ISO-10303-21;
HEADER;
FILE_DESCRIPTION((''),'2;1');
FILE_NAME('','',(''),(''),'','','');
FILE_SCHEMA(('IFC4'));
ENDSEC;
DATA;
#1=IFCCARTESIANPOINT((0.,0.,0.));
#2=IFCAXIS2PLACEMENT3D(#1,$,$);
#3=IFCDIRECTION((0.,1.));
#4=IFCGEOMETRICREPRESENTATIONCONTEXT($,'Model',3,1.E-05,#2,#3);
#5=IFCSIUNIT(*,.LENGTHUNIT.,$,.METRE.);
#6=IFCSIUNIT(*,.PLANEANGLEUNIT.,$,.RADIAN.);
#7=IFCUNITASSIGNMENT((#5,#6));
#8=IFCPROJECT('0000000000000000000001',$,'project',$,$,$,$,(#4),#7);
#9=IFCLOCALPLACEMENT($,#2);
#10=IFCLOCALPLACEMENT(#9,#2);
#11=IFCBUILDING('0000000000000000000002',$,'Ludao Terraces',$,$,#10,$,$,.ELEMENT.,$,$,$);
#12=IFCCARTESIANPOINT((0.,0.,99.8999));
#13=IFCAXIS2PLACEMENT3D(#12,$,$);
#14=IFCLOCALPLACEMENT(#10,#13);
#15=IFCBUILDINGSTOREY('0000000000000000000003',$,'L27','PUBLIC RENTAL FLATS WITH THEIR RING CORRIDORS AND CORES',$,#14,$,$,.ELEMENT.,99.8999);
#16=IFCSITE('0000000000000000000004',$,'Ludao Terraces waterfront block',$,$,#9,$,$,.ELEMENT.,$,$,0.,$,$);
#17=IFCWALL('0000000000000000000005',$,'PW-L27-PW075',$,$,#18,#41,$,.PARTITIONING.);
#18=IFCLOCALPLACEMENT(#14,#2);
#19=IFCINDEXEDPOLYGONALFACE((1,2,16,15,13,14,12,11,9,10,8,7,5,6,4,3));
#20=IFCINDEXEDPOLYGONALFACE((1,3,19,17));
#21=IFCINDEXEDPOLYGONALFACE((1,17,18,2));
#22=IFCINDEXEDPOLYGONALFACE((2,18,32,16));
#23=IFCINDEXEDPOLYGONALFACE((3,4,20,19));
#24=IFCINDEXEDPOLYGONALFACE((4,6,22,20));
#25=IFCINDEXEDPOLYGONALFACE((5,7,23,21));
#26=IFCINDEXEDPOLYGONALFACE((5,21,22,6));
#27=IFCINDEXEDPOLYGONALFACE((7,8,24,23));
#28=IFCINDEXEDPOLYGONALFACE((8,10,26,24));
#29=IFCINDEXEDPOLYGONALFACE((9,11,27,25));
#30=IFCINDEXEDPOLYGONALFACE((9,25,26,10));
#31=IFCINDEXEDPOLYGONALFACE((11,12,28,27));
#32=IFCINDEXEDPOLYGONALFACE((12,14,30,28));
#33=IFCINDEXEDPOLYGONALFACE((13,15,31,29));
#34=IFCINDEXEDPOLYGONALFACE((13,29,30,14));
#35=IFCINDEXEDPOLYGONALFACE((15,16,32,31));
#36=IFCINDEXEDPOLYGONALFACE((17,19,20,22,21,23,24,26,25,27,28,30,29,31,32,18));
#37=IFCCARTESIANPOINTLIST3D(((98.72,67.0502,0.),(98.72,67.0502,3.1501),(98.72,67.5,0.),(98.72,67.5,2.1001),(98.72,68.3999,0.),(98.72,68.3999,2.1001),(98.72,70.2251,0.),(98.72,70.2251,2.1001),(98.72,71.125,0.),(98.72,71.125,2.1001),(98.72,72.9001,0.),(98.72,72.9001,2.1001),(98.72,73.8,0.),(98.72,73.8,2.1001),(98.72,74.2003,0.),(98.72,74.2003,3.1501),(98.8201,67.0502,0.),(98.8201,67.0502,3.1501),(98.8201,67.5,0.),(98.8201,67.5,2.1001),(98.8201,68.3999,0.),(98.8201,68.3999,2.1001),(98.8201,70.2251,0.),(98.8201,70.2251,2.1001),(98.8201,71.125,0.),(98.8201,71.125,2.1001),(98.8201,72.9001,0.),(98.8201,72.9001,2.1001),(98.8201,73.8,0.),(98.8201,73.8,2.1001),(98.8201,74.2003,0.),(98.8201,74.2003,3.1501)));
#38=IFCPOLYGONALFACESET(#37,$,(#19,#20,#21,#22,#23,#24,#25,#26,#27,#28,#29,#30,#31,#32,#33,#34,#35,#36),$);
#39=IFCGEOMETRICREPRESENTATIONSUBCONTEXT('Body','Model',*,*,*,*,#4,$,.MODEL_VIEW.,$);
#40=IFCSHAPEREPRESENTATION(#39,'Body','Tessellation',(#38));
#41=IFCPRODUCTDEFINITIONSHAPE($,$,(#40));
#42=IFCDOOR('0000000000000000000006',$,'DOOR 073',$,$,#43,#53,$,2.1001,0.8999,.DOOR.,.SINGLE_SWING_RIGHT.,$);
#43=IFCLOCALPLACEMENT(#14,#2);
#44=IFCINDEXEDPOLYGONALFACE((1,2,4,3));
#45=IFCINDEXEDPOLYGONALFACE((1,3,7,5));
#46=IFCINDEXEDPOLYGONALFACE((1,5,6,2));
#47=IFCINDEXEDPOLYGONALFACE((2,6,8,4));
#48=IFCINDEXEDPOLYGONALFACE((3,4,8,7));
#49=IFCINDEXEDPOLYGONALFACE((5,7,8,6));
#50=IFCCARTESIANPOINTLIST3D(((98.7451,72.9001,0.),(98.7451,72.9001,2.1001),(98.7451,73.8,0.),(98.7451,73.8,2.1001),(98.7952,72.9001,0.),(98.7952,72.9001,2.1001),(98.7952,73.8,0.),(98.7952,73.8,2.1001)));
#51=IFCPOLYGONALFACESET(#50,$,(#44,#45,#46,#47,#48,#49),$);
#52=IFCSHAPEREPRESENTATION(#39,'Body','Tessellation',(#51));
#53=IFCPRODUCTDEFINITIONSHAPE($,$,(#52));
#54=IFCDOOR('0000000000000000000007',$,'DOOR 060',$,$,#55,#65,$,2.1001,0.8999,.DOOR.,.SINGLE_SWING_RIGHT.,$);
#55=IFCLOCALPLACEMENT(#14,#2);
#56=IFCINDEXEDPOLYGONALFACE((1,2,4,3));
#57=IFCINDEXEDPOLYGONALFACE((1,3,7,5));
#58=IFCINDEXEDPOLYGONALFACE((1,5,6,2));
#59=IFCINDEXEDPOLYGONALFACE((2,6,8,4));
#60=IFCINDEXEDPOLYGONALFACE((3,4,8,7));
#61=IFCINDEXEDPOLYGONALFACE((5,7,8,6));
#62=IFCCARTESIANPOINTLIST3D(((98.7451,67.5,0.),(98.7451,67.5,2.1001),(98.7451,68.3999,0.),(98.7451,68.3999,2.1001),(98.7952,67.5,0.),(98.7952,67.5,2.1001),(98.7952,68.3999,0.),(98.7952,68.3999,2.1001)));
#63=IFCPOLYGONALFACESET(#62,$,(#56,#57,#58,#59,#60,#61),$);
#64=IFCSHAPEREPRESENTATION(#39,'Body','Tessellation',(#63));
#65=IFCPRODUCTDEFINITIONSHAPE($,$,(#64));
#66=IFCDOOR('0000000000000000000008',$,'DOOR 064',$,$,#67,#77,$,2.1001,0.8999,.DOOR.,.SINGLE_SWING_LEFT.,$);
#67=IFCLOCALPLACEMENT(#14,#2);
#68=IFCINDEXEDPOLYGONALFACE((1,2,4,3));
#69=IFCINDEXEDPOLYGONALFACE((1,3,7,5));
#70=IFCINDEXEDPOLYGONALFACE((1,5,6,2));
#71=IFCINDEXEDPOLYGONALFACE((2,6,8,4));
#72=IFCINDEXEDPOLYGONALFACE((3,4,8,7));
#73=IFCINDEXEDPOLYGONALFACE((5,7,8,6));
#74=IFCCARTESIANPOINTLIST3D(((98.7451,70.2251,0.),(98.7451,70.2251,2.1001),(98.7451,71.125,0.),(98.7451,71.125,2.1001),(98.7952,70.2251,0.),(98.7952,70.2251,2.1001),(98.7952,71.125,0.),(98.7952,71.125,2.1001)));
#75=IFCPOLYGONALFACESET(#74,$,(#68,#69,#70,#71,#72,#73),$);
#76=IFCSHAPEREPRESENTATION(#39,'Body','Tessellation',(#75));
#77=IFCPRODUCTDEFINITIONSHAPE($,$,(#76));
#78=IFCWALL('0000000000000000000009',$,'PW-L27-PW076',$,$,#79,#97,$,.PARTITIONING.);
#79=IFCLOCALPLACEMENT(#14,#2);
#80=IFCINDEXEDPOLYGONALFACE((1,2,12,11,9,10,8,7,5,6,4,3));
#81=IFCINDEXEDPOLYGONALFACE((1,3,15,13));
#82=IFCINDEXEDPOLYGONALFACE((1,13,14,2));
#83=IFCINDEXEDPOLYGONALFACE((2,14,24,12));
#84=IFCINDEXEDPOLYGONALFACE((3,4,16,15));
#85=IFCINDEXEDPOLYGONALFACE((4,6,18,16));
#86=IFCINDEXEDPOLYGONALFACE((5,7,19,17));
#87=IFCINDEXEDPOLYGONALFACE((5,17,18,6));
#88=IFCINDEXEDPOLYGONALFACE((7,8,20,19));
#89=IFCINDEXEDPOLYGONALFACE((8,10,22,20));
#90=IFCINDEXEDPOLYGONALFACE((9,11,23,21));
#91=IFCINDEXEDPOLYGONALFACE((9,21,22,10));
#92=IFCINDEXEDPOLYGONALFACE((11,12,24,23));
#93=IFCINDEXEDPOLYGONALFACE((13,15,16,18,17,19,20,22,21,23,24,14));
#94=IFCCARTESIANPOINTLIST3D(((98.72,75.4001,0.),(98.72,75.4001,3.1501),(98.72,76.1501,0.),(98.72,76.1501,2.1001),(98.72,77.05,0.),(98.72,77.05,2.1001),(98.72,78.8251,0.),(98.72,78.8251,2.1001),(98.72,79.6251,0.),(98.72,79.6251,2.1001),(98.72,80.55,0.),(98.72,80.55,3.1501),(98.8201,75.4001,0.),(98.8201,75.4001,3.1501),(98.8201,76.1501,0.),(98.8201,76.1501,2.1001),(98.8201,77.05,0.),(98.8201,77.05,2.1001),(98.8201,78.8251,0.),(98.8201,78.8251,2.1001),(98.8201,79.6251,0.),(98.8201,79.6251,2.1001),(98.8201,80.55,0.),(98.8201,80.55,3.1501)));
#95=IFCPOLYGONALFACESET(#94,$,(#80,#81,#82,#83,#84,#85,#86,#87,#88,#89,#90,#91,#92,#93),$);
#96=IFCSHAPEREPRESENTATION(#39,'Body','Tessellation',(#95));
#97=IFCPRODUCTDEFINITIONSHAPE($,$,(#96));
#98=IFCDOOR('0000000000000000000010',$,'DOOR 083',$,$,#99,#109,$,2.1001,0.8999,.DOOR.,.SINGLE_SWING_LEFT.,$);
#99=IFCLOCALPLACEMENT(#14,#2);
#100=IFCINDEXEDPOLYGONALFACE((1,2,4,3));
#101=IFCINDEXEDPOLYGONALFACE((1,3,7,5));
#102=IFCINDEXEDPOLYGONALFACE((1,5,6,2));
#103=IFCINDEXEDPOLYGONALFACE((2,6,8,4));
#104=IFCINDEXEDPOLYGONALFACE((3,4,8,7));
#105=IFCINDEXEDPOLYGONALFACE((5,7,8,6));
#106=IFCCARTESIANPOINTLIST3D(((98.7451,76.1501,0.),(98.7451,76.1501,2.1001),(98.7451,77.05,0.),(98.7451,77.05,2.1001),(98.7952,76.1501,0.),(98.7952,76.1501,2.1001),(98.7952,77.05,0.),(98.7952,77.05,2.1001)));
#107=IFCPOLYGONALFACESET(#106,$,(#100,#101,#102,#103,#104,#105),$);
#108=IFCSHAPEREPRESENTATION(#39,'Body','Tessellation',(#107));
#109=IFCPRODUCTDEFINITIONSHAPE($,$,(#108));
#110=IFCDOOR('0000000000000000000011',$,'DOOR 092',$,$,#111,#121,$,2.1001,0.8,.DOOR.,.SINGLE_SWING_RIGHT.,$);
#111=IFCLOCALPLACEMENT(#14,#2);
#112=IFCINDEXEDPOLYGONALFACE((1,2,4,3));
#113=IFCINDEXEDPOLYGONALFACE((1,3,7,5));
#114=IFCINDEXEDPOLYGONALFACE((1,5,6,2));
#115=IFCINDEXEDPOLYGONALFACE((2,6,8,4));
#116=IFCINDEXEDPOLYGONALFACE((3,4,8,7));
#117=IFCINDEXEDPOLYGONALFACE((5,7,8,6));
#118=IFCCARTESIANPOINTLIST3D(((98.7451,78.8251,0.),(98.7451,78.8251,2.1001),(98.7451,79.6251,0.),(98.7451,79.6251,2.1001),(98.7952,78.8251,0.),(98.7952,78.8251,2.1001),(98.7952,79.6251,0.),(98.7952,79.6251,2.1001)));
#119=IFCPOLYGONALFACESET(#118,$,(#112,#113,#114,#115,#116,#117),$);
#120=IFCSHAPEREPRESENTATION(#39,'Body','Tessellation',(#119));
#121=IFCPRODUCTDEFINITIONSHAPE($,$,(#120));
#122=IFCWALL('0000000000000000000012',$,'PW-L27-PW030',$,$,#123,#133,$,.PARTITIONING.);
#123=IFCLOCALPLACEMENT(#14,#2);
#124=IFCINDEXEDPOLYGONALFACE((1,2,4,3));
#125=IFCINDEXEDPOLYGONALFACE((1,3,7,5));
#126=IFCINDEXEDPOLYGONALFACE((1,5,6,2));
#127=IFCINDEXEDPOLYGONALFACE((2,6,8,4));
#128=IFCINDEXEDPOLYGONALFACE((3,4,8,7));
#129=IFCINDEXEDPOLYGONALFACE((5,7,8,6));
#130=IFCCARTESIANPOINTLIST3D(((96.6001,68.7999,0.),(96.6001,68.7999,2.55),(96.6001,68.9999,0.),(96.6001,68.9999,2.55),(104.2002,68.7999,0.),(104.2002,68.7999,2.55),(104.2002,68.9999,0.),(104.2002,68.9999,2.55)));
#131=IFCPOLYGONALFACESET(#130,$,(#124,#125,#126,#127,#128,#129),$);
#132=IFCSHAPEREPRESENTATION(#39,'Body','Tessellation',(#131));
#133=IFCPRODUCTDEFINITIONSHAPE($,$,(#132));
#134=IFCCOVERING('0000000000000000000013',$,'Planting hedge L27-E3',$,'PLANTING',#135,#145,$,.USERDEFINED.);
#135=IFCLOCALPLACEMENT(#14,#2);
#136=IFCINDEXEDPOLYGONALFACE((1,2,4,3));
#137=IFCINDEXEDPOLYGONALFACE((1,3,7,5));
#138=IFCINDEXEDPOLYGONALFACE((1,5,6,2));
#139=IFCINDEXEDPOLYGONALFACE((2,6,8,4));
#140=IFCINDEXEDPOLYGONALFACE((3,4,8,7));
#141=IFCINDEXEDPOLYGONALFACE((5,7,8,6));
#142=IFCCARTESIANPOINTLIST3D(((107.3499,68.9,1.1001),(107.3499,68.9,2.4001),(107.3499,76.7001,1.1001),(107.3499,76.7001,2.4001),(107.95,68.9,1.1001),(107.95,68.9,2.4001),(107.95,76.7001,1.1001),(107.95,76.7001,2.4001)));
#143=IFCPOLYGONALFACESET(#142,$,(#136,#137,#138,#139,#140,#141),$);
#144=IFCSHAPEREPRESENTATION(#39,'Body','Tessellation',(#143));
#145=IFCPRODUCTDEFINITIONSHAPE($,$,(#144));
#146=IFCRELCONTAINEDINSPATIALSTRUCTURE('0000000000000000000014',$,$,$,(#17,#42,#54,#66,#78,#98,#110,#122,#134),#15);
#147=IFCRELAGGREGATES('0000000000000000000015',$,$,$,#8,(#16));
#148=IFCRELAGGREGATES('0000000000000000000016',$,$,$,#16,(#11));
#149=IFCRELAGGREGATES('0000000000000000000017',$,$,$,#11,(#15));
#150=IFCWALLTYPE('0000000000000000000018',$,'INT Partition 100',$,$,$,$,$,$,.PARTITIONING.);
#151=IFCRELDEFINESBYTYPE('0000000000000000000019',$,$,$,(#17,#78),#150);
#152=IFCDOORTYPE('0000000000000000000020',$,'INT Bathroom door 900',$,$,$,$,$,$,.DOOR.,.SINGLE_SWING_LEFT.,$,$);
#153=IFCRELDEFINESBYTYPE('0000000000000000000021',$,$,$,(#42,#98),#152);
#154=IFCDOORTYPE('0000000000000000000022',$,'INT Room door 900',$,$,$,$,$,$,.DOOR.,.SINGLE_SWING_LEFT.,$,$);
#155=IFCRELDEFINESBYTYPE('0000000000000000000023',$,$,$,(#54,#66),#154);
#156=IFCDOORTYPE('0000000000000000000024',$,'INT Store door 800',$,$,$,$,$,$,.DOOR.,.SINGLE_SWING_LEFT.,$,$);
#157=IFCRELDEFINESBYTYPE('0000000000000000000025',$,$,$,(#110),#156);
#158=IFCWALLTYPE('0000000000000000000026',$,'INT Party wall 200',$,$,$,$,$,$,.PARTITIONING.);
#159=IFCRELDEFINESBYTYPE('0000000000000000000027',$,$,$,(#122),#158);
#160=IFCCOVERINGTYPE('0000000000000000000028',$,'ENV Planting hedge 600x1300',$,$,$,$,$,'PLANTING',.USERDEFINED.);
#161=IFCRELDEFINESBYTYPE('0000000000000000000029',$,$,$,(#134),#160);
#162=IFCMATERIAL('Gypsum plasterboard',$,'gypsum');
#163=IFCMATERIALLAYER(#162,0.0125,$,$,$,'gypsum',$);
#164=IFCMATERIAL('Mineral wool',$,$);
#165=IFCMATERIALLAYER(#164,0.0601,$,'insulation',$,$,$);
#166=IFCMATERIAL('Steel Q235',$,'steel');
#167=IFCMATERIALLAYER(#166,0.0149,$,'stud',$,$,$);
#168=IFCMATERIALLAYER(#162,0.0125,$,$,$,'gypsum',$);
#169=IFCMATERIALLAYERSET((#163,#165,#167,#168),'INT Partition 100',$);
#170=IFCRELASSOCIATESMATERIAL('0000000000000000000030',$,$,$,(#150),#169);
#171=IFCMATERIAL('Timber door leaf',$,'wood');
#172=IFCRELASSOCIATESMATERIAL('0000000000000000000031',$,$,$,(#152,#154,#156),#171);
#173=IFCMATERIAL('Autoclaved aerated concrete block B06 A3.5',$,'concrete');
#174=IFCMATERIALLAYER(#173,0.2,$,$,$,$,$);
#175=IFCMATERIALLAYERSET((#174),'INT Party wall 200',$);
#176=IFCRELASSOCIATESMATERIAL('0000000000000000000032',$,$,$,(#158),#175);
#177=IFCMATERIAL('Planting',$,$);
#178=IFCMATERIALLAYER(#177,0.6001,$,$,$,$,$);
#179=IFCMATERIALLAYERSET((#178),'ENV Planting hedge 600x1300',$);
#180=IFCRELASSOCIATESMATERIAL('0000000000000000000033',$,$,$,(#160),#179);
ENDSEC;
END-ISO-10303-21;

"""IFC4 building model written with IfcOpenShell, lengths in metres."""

from ifc_helpers import new_model, si_unit, direction, frame, frame_2d, origin, origin_2d, place, context, subcontext, project, spatial, rectangle, extrude, material, layer, layer_set, type_object, element, fill, save


model = new_model("IFC4")

# Units and contexts
model_context = context("Model", 3, precision=1e-05, world=origin(), true_north=direction((0.0, 1.0)))
body_context = subcontext(model_context, "Body", "Model", "MODEL_VIEW")
ifc_project = project(units=[si_unit("LENGTHUNIT", "METRE"), si_unit("PLANEANGLEUNIT", "RADIAN")], contexts=[model_context])

# Site, building, storey
site_placement = place(None, origin())
site = spatial("IfcSite", under=ifc_project, at=site_placement, Name="Ludao Terraces waterfront block", CompositionType="ELEMENT", RefElevation=0.0)
building_placement = place(site_placement, origin())
building = spatial("IfcBuilding", under=site, at=building_placement, Name="Ludao Terraces", CompositionType="ELEMENT")
storey_placement = place(building_placement, frame((0.0, 0.0, 99.8999)))
storey = spatial("IfcBuildingStorey", under=building, at=storey_placement, Name="L27", Description="PUBLIC RENTAL FLATS WITH THEIR RING CORRIDORS AND CORES", CompositionType="ELEMENT", Elevation=99.8999)

# Shared definitions
ifc_material_1 = material(Name="Mineral wool")

# Shared definitions
ifc_material_2 = material(Name="Gypsum plasterboard", Category="gypsum")
ifc_layer_1 = layer(ifc_material_2, 0.0125, Category="gypsum")
ifc_layer_2 = layer(ifc_material_1, 0.0601, Name="insulation")
ifc_material_3 = material(Name="Steel Q235", Category="steel")
ifc_layer_3 = layer(ifc_material_3, 0.0149, Name="stud")
ifc_layer_4 = layer(ifc_material_2, 0.0125, Category="gypsum")
ifc_layer_set_1 = layer_set([ifc_layer_1, ifc_layer_2, ifc_layer_3, ifc_layer_4], Name="INT Partition 100")
wall_type_1 = type_object("IfcWallType", Name="INT Partition 100", PredefinedType="PARTITIONING", material=ifc_layer_set_1)

# Walls, openings, doors
wall_1_placement = place(storey_placement, frame((98.77, 67.05, 0.0), z_axis=(0.0, 0.0, 1.0), x_axis=(0.0, 1.0, 0.0)))
wall_1 = element("IfcWall", 1, at=wall_1_placement, inside=storey, type_object=wall_type_1, Name="PW-L27-PW075", PredefinedType="PARTITIONING", context=body_context, shape_type="SweptSolid", body=[
    extrude(rectangle(XDim=7.1501, YDim=0.1001, at=frame_2d((3.5752, 0.0))), origin(), (0.0, 0.0, 1.0), 3.1501),
])
opening_1_placement = place(wall_1_placement, frame((0.45, 0.0, 0.0)))
opening_1 = element("IfcOpeningElement", 2, at=opening_1_placement, cuts=wall_1, PredefinedType="OPENING", context=body_context, shape_type="SweptSolid", body=[
    extrude(rectangle(XDim=0.8999, YDim=2.1001, at=frame_2d((0.45, 1.05))), frame((0.0, 0.0601, 0.0), z_axis=(0.0, -1.0, 0.0), x_axis=(1.0, 0.0, 0.0)), (0.0, 0.0, 1.0), 0.1201),
])
opening_2_placement = place(wall_1_placement, frame((3.175, 0.0, 0.0)))
opening_2 = element("IfcOpeningElement", 3, at=opening_2_placement, cuts=wall_1, PredefinedType="OPENING", context=body_context, shape_type="SweptSolid", body=[
    extrude(rectangle(XDim=0.8999, YDim=2.1001, at=frame_2d((0.45, 1.05))), frame((0.0, 0.0601, 0.0), z_axis=(0.0, -1.0, 0.0), x_axis=(1.0, 0.0, 0.0)), (0.0, 0.0, 1.0), 0.1201),
])
opening_3_placement = place(wall_1_placement, frame((5.8501, 0.0, 0.0)))
opening_3 = element("IfcOpeningElement", 4, at=opening_3_placement, cuts=wall_1, PredefinedType="OPENING", context=body_context, shape_type="SweptSolid", body=[
    extrude(rectangle(XDim=0.8999, YDim=2.1001, at=frame_2d((0.45, 1.05))), frame((0.0, 0.0601, 0.0), z_axis=(0.0, -1.0, 0.0), x_axis=(1.0, 0.0, 0.0)), (0.0, 0.0, 1.0), 0.1201),
])
ifc_material_4 = material(Name="Timber door leaf", Category="wood")
door_type_1 = type_object("IfcDoorType", Name="INT Bathroom door 900", OperationType="SINGLE_SWING_LEFT", PredefinedType="DOOR", material=ifc_material_4)
door_1_placement = place(opening_3_placement, origin())
door_1 = element("IfcDoor", 5, at=door_1_placement, inside=storey, type_object=door_type_1, Name="DOOR 073", OperationType="SINGLE_SWING_RIGHT", OverallHeight=2.1001, OverallWidth=0.8999, PredefinedType="DOOR", context=body_context, shape_type="SweptSolid", body=[
    extrude(rectangle(XDim=0.8999, YDim=2.1001, at=frame_2d((0.45, 1.05))), frame((0.0, 0.0249, 0.0), z_axis=(0.0, -1.0, 0.0), x_axis=(1.0, 0.0, 0.0)), (0.0, 0.0, 1.0), 0.05),
])
fill(opening_3, door_1)
door_type_2 = type_object("IfcDoorType", Name="INT Room door 900", OperationType="SINGLE_SWING_LEFT", PredefinedType="DOOR", material=ifc_material_4)
door_2_placement = place(opening_1_placement, origin())
door_2 = element("IfcDoor", 6, at=door_2_placement, inside=storey, type_object=door_type_2, Name="DOOR 060", OperationType="SINGLE_SWING_RIGHT", OverallHeight=2.1001, OverallWidth=0.8999, PredefinedType="DOOR", context=body_context, shape_type="SweptSolid", body=[
    extrude(rectangle(XDim=0.8999, YDim=2.1001, at=frame_2d((0.45, 1.05))), frame((0.0, 0.0249, 0.0), z_axis=(0.0, -1.0, 0.0), x_axis=(1.0, 0.0, 0.0)), (0.0, 0.0, 1.0), 0.05),
])
fill(opening_1, door_2)
door_3_placement = place(opening_2_placement, origin())
door_3 = element("IfcDoor", 7, at=door_3_placement, inside=storey, type_object=door_type_2, Name="DOOR 064", OperationType="SINGLE_SWING_LEFT", OverallHeight=2.1001, OverallWidth=0.8999, PredefinedType="DOOR", context=body_context, shape_type="SweptSolid", body=[
    extrude(rectangle(XDim=0.8999, YDim=2.1001, at=frame_2d((0.45, 1.05))), frame((0.0, 0.0249, 0.0), z_axis=(0.0, -1.0, 0.0), x_axis=(1.0, 0.0, 0.0)), (0.0, 0.0, 1.0), 0.05),
])
fill(opening_2, door_3)
wall_2_placement = place(storey_placement, frame((98.77, 75.4001, 0.0), z_axis=(0.0, 0.0, 1.0), x_axis=(0.0, 1.0, 0.0)))
wall_2 = element("IfcWall", 8, at=wall_2_placement, inside=storey, type_object=wall_type_1, Name="PW-L27-PW076", PredefinedType="PARTITIONING", context=body_context, shape_type="SweptSolid", body=[
    extrude(rectangle(XDim=5.1499, YDim=0.1001, at=frame_2d((2.575, 0.0))), origin(), (0.0, 0.0, 1.0), 3.1501),
])
opening_4_placement = place(wall_2_placement, frame((0.75, 0.0, 0.0)))
opening_4 = element("IfcOpeningElement", 9, at=opening_4_placement, cuts=wall_2, PredefinedType="OPENING", context=body_context, shape_type="SweptSolid", body=[
    extrude(rectangle(XDim=0.8999, YDim=2.1001, at=frame_2d((0.45, 1.05))), frame((0.0, 0.0601, 0.0), z_axis=(0.0, -1.0, 0.0), x_axis=(1.0, 0.0, 0.0)), (0.0, 0.0, 1.0), 0.1201),
])
opening_5_placement = place(wall_2_placement, frame((3.425, 0.0, 0.0)))
opening_5 = element("IfcOpeningElement", 10, at=opening_5_placement, cuts=wall_2, PredefinedType="OPENING", context=body_context, shape_type="SweptSolid", body=[
    extrude(rectangle(XDim=0.8, YDim=2.1001, at=frame_2d((0.3999, 1.05))), frame((0.0, 0.0601, 0.0), z_axis=(0.0, -1.0, 0.0), x_axis=(1.0, 0.0, 0.0)), (0.0, 0.0, 1.0), 0.1201),
])
door_4_placement = place(opening_4_placement, origin())
door_4 = element("IfcDoor", 11, at=door_4_placement, inside=storey, type_object=door_type_1, Name="DOOR 083", OperationType="SINGLE_SWING_LEFT", OverallHeight=2.1001, OverallWidth=0.8999, PredefinedType="DOOR", context=body_context, shape_type="SweptSolid", body=[
    extrude(rectangle(XDim=0.8999, YDim=2.1001, at=frame_2d((0.45, 1.05))), frame((0.0, 0.0249, 0.0), z_axis=(0.0, -1.0, 0.0), x_axis=(1.0, 0.0, 0.0)), (0.0, 0.0, 1.0), 0.05),
])
fill(opening_4, door_4)
door_type_3 = type_object("IfcDoorType", Name="INT Store door 800", OperationType="SINGLE_SWING_LEFT", PredefinedType="DOOR", material=ifc_material_4)
door_5_placement = place(opening_5_placement, origin())
door_5 = element("IfcDoor", 12, at=door_5_placement, inside=storey, type_object=door_type_3, Name="DOOR 092", OperationType="SINGLE_SWING_RIGHT", OverallHeight=2.1001, OverallWidth=0.8, PredefinedType="DOOR", context=body_context, shape_type="SweptSolid", body=[
    extrude(rectangle(XDim=0.8, YDim=2.1001, at=frame_2d((0.3999, 1.05))), frame((0.0, 0.0249, 0.0), z_axis=(0.0, -1.0, 0.0), x_axis=(1.0, 0.0, 0.0)), (0.0, 0.0, 1.0), 0.05),
])
fill(opening_5, door_5)

# Wall
ifc_material_5 = material(Name="Autoclaved aerated concrete block B06 A3.5", Category="concrete")
ifc_layer_5 = layer(ifc_material_5, 0.2)
ifc_layer_set_2 = layer_set([ifc_layer_5], Name="INT Party wall 200")
wall_type_2 = type_object("IfcWallType", Name="INT Party wall 200", PredefinedType="PARTITIONING", material=ifc_layer_set_2)
wall_3_placement = place(storey_placement, frame((96.6001, 68.8999, 0.0), z_axis=(0.0, 0.0, 1.0), x_axis=(1.0, 0.0, 0.0)))
element("IfcWall", 13, at=wall_3_placement, inside=storey, type_object=wall_type_2, Name="PW-L27-PW030", PredefinedType="PARTITIONING", context=body_context, shape_type="SweptSolid", body=[
    extrude(rectangle(XDim=7.6001, YDim=0.2, at=frame_2d((3.8, 0.0))), origin(), (0.0, 0.0, 1.0), 2.55),
])

# Covering
ifc_material_6 = material(Name="Planting")
ifc_layer_6 = layer(ifc_material_6, 0.6001)
ifc_layer_set_3 = layer_set([ifc_layer_6], Name="ENV Planting hedge 600x1300")
covering_type = type_object("IfcCoveringType", Name="ENV Planting hedge 600x1300", ElementType="PLANTING", PredefinedType="USERDEFINED", material=ifc_layer_set_3)
covering_placement = place(storey_placement, frame((107.6499, 72.8, 1.1001), z_axis=(0.0, 0.0, 1.0), x_axis=(1.0, 0.0, 0.0)))
element("IfcCovering", 14, at=covering_placement, inside=storey, type_object=covering_type, Name="Planting hedge L27-E3", ObjectType="PLANTING", PredefinedType="USERDEFINED", context=body_context, shape_type="SweptSolid", body=[
    extrude(rectangle(XDim=0.6001, YDim=7.8, at=origin_2d()), origin(), (0.0, 0.0, 1.0), 1.3),
])

save(model, "model.ifc")
